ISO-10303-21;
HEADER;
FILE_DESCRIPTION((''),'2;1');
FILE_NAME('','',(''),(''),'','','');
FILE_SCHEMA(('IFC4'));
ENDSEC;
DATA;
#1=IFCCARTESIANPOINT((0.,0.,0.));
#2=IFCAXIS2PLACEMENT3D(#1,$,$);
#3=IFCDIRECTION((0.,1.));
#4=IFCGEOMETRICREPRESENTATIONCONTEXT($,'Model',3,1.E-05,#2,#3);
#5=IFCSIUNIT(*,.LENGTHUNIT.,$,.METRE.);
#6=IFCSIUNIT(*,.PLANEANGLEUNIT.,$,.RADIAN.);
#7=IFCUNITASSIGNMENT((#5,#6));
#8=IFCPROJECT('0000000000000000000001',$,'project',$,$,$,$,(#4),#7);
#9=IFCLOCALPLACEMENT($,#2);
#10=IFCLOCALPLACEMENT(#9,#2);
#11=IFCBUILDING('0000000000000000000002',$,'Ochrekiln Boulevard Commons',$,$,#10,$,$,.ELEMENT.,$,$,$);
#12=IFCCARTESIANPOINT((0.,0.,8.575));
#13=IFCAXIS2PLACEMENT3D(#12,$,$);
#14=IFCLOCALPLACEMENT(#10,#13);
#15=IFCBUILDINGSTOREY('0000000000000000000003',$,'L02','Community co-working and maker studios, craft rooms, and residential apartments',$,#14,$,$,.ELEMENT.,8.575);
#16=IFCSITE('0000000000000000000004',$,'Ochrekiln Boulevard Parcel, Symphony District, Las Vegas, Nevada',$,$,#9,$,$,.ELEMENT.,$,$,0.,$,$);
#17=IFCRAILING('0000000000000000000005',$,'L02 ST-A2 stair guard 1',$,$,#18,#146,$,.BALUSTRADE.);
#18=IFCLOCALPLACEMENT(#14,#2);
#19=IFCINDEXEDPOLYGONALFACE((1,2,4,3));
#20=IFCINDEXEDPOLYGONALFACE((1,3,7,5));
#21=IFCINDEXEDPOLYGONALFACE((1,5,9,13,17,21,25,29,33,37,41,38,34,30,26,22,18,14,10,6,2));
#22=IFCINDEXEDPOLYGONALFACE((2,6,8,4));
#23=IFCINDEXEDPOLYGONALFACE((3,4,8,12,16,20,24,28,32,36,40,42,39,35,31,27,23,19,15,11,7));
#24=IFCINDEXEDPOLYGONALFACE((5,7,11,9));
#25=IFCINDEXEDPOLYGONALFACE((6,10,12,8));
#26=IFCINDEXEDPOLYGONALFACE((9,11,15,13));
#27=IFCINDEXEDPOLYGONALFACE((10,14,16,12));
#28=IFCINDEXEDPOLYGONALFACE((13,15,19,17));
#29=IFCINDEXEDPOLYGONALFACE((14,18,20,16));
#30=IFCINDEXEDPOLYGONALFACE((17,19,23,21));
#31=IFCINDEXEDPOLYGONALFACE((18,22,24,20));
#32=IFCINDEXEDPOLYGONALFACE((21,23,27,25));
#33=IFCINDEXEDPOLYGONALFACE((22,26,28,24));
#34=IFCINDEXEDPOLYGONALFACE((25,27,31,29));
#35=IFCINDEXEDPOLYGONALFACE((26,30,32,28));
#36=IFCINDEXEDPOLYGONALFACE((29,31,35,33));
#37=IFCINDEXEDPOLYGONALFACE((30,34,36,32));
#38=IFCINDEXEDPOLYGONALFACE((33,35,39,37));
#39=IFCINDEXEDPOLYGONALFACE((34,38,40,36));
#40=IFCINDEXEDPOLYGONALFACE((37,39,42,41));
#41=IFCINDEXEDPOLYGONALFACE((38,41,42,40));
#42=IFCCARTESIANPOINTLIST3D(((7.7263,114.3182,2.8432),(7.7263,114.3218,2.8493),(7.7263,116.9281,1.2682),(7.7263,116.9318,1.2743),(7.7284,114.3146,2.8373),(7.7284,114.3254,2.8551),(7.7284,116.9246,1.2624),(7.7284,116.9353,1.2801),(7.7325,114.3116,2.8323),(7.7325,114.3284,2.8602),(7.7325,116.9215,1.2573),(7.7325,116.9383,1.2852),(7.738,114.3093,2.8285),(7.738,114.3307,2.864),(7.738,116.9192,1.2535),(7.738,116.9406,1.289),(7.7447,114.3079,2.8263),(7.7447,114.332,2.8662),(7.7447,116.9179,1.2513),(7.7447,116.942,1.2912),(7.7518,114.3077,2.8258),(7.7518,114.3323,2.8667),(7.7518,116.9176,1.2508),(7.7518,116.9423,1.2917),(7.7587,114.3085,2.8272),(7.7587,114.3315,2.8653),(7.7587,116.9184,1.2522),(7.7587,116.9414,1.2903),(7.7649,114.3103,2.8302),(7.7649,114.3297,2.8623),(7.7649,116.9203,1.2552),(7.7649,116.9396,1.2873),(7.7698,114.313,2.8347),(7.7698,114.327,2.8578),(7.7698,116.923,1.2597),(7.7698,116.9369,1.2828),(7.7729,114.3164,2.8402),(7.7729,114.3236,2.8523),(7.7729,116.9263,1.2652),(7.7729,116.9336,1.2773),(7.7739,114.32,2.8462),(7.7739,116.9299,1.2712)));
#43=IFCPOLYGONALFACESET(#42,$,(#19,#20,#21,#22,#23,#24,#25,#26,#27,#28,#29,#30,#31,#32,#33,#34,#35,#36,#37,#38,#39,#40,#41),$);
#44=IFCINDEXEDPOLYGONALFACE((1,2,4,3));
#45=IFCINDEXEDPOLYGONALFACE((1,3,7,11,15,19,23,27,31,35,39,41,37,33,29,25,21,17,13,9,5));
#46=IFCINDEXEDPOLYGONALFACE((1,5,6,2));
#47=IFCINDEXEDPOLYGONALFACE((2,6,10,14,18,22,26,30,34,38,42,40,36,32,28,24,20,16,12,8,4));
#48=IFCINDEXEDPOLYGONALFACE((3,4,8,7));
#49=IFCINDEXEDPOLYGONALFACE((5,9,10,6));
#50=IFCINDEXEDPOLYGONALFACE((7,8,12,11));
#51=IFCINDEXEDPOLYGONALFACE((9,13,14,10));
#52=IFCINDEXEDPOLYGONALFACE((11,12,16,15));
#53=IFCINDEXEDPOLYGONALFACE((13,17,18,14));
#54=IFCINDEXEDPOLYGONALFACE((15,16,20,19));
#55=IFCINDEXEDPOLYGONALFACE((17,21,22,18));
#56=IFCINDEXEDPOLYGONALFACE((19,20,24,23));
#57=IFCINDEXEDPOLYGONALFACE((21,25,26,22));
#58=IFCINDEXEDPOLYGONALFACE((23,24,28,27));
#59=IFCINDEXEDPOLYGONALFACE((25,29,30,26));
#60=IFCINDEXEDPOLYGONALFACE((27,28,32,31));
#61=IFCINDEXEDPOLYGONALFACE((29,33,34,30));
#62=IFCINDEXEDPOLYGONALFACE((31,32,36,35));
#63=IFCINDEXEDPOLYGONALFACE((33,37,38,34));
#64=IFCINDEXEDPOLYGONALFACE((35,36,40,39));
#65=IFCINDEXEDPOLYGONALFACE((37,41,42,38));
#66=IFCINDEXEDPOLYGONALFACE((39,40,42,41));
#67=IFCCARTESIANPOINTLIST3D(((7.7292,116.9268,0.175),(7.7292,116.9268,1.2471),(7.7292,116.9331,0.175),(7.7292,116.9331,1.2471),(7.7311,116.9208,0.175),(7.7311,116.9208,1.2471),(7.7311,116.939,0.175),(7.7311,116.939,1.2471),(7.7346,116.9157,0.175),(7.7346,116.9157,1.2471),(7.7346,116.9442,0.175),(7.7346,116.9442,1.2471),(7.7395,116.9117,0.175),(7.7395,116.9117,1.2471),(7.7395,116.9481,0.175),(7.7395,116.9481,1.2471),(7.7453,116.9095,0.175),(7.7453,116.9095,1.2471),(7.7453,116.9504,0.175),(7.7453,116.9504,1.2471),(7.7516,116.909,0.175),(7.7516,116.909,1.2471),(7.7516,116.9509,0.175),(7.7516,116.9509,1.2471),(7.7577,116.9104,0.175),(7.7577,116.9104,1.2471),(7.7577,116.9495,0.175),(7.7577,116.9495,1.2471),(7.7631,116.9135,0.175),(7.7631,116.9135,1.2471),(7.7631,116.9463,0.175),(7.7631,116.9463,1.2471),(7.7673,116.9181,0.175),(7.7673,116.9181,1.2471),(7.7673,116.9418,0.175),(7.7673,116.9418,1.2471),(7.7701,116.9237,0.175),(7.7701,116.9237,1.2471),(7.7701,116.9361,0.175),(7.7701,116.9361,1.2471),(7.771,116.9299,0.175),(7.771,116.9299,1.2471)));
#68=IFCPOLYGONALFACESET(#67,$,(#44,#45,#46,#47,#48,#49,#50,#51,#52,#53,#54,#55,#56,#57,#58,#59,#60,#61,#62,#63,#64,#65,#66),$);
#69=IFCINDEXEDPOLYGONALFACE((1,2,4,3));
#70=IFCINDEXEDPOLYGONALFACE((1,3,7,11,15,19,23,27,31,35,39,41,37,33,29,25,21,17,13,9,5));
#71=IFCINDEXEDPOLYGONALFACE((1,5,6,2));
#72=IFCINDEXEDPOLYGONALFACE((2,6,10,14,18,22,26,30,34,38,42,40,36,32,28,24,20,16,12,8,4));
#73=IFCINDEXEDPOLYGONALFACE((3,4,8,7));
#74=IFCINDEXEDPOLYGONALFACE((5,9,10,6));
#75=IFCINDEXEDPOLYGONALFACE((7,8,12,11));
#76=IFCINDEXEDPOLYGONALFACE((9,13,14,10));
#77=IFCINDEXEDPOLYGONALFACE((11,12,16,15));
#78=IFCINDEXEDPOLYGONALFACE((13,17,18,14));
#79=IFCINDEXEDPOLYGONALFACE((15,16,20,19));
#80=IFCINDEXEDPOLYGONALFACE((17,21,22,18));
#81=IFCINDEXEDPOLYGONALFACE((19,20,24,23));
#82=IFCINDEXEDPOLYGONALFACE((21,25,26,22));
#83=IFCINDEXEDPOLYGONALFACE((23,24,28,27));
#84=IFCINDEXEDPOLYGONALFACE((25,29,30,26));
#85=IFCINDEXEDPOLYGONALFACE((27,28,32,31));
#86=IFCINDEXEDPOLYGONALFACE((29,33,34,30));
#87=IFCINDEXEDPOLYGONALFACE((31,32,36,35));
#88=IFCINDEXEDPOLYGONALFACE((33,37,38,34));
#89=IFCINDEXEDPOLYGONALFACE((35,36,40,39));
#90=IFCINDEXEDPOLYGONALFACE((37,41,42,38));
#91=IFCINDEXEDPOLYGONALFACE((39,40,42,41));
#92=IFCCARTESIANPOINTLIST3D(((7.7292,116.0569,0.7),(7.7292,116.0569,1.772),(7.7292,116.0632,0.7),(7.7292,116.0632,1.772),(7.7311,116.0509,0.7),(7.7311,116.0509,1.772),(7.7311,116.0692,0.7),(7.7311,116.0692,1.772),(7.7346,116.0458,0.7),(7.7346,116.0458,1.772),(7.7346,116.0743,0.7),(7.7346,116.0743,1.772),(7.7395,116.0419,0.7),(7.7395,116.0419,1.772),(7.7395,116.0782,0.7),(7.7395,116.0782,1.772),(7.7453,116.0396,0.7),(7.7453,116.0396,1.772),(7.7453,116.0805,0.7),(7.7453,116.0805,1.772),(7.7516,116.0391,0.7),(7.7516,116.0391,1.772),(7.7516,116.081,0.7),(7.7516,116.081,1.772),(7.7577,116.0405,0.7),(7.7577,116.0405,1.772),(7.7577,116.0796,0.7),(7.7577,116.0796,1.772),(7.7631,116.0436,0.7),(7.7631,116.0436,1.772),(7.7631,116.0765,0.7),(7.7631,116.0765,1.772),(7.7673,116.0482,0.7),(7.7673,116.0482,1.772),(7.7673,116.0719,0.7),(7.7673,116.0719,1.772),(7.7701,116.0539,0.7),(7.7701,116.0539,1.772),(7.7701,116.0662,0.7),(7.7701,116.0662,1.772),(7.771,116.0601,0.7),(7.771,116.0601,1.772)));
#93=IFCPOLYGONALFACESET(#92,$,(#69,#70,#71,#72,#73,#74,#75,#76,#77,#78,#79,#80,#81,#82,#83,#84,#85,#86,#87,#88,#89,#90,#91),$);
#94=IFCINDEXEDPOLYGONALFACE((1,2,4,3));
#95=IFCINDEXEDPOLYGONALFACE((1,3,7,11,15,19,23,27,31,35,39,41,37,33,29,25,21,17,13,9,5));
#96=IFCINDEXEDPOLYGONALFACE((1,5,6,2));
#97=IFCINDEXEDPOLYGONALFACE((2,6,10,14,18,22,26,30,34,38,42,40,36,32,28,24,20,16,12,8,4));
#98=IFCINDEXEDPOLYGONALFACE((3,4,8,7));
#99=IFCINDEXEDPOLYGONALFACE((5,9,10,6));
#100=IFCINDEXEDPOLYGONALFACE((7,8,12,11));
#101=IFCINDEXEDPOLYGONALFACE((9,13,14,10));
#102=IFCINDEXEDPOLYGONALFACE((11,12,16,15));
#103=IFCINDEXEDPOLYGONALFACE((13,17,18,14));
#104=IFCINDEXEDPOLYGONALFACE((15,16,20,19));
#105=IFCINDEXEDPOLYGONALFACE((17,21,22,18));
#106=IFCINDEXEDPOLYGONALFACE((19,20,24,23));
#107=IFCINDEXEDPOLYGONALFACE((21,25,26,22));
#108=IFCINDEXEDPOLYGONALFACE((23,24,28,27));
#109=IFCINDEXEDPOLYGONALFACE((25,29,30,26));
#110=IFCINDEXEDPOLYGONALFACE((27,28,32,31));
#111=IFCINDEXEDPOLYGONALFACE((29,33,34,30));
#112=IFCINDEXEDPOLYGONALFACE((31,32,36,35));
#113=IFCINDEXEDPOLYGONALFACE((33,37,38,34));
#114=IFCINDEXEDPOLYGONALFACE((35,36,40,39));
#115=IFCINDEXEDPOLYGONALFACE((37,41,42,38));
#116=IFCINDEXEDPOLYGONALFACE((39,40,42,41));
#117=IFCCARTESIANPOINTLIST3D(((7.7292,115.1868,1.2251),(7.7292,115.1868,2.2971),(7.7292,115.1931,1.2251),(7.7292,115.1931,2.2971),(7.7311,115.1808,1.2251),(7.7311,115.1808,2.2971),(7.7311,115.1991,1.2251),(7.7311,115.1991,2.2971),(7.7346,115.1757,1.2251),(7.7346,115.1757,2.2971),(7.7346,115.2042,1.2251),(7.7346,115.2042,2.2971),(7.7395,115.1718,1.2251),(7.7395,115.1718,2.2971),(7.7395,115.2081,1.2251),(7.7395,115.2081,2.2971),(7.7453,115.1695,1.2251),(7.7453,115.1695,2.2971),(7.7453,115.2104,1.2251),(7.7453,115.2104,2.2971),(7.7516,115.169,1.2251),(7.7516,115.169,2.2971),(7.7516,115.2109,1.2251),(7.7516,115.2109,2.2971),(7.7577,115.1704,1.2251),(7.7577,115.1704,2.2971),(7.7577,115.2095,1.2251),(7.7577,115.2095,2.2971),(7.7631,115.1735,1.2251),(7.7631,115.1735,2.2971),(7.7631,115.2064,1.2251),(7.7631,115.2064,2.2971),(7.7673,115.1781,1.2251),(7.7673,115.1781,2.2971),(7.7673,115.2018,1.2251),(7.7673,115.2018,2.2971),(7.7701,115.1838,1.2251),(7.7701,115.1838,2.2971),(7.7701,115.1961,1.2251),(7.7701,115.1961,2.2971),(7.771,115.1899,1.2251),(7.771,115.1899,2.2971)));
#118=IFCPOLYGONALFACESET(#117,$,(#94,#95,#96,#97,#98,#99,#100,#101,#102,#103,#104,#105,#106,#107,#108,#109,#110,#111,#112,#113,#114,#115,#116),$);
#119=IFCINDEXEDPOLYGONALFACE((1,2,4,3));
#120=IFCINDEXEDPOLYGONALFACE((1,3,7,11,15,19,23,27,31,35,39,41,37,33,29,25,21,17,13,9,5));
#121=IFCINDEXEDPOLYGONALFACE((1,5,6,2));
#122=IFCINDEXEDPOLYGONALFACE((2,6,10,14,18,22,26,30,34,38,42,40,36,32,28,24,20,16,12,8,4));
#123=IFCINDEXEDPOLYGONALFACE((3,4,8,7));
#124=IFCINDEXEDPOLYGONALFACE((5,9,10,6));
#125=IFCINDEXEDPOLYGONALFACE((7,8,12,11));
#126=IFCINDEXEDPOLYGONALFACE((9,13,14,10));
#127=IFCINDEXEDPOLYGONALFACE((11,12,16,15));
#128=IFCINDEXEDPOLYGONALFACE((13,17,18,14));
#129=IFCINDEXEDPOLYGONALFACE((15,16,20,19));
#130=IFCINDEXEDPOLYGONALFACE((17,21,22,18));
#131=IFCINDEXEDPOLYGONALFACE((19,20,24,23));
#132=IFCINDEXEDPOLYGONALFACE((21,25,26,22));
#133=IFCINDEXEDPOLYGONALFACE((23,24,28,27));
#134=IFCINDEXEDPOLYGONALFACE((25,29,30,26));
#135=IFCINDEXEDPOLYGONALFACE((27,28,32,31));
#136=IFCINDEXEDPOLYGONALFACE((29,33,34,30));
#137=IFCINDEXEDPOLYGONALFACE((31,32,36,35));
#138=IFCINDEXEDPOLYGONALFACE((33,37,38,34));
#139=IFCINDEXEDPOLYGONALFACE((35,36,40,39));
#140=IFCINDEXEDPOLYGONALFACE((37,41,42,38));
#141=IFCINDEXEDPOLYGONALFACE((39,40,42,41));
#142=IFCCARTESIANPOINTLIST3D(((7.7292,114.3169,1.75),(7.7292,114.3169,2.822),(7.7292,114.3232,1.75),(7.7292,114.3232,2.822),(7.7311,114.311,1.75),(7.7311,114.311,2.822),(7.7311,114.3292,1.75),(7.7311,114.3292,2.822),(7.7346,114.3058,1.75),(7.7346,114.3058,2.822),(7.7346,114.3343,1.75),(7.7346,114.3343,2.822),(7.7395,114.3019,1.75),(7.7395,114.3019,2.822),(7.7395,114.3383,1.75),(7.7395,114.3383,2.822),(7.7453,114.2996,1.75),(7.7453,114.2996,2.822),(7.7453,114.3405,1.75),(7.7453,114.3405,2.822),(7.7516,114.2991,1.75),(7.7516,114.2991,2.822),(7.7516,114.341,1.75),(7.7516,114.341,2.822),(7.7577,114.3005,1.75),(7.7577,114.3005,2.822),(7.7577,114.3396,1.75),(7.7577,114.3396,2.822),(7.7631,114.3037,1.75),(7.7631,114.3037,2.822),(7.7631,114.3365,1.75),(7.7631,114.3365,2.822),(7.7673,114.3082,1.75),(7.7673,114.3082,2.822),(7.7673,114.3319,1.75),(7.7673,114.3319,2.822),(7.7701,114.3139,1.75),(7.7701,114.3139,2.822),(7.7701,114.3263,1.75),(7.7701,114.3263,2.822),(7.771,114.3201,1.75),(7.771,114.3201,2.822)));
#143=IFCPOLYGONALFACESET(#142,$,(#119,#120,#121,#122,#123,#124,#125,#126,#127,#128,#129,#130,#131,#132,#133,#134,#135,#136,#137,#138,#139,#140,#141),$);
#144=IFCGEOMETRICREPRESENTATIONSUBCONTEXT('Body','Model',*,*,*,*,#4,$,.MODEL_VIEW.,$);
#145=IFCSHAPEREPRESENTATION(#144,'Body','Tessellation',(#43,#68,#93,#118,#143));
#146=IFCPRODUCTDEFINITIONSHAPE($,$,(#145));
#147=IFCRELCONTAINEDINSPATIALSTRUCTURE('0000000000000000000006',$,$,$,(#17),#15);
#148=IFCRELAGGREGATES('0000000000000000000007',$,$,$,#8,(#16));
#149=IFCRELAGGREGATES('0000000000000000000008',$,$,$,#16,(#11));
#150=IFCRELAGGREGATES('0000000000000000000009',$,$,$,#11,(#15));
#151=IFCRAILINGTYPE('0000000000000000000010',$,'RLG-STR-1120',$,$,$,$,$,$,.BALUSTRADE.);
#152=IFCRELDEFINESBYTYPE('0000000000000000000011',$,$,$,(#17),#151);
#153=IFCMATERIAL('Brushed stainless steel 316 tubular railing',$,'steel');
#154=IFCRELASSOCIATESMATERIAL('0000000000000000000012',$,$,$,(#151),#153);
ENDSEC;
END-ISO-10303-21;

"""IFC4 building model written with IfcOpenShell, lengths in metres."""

from ifc_helpers import new_model, si_unit, direction, frame, origin, origin_2d, place, context, subcontext, project, spatial, circle, extrude, material, type_object, element, save


model = new_model("IFC4")

# Units and contexts
model_context = context("Model", 3, precision=1e-05, world=origin(), true_north=direction((0.0, 1.0)))
body_context = subcontext(model_context, "Body", "Model", "MODEL_VIEW")
ifc_project = project(units=[si_unit("LENGTHUNIT", "METRE"), si_unit("PLANEANGLEUNIT", "RADIAN")], contexts=[model_context])

# Site, building, storey
site_placement = place(None, origin())
site = spatial("IfcSite", under=ifc_project, at=site_placement, Name="Ochrekiln Boulevard Parcel, Symphony District, Las Vegas, Nevada", CompositionType="ELEMENT", RefElevation=0.0)
building_placement = place(site_placement, origin())
building = spatial("IfcBuilding", under=site, at=building_placement, Name="Ochrekiln Boulevard Commons", CompositionType="ELEMENT")
storey_placement = place(building_placement, frame((0.0, 0.0, 8.575)))
storey = spatial("IfcBuildingStorey", under=building, at=storey_placement, Name="L02", Description="Community co-working and maker studios, craft rooms, and residential apartments", CompositionType="ELEMENT", Elevation=8.575)

# Railing
ifc_material_1 = material(Name="Brushed stainless steel 316 tubular railing", Category="steel")
railing_type_1 = type_object("IfcRailingType", Name="RLG-STR-1120", PredefinedType="BALUSTRADE", material=ifc_material_1)
railing_1_placement = place(storey_placement, frame((7.75, 116.9299, 0.175)))
element("IfcRailing", 1, at=railing_1_placement, inside=storey, type_object=railing_type_1, Name="L02 ST-A2 stair guard 1", PredefinedType="BALUSTRADE", context=body_context, shape_type="SweptSolid", body=[
    extrude(circle(Radius=0.0239, at=origin_2d()), frame((0.0, 0.0, 1.0962), z_axis=(0.0, -0.856183, 0.516673), x_axis=(1.0, 0.0, 0.0)), (0.0, 0.0, 1.0), 3.0483),
    extrude(circle(Radius=0.021, at=origin_2d()), origin(), (0.0, 0.0, 1.0), 1.072),
    extrude(circle(Radius=0.021, at=origin_2d()), frame((0.0, -0.8699, 0.5249)), (0.0, 0.0, 1.0), 1.072),
    extrude(circle(Radius=0.021, at=origin_2d()), frame((0.0, -1.74, 1.05)), (0.0, 0.0, 1.0), 1.072),
    extrude(circle(Radius=0.021, at=origin_2d()), frame((0.0, -2.6099, 1.575)), (0.0, 0.0, 1.0), 1.072),
])

save(model, "model.ifc")
